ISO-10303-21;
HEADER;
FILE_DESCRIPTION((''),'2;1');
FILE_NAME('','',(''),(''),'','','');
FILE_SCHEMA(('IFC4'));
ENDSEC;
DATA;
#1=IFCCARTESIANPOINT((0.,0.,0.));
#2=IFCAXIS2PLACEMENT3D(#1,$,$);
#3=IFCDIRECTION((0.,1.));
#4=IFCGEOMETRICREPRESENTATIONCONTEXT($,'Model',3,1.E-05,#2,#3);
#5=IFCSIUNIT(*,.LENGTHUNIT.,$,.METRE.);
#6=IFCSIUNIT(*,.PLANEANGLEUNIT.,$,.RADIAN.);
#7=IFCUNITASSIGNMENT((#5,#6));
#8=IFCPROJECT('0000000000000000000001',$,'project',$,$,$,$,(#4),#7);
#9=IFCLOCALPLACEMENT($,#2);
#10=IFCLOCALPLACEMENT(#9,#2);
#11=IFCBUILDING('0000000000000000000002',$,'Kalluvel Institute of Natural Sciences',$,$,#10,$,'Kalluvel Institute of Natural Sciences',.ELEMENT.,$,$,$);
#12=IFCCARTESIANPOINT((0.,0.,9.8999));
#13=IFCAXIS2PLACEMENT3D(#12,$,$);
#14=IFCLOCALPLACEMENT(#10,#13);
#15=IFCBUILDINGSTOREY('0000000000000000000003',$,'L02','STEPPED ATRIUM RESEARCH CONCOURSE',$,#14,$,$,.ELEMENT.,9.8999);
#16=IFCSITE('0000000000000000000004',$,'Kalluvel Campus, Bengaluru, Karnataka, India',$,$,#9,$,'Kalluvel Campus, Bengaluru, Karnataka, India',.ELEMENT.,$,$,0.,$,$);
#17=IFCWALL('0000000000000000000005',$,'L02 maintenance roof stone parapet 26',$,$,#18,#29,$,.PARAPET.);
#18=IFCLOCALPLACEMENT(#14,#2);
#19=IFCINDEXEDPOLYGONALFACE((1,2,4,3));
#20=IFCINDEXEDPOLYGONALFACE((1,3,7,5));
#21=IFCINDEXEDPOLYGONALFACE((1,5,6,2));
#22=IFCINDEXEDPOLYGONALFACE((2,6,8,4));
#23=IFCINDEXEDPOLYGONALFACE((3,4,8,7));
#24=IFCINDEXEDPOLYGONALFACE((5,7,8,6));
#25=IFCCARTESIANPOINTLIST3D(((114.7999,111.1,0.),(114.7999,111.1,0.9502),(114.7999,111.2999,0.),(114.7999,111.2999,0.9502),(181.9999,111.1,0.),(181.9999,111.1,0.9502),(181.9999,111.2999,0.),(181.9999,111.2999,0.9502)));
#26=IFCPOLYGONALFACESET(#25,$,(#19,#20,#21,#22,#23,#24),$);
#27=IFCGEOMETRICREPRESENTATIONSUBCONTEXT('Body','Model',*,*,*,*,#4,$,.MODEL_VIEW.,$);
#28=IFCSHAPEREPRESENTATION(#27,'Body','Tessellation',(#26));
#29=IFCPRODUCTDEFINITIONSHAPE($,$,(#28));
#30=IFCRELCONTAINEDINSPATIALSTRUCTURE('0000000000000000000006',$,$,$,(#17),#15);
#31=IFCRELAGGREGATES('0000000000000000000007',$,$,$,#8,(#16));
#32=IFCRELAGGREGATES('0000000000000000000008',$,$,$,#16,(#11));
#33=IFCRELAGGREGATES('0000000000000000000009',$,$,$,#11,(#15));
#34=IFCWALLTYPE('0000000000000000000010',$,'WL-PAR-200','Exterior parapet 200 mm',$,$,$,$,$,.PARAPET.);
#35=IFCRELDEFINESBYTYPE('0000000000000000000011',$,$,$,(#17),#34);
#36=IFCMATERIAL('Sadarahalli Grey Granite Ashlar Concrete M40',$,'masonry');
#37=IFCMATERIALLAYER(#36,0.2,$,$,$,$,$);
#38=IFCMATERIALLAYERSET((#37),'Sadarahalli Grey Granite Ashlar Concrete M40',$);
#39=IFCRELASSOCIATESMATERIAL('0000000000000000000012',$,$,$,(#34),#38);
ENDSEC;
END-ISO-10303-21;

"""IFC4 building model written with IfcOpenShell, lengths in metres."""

from ifc_helpers import new_model, si_unit, direction, frame, frame_2d, origin, place, context, subcontext, project, spatial, rectangle, extrude, material, layer, layer_set, type_object, element, save


model = new_model("IFC4")

# Units and contexts
model_context = context("Model", 3, precision=1e-05, world=origin(), true_north=direction((0.0, 1.0)))
body_context = subcontext(model_context, "Body", "Model", "MODEL_VIEW")
ifc_project = project(units=[si_unit("LENGTHUNIT", "METRE"), si_unit("PLANEANGLEUNIT", "RADIAN")], contexts=[model_context])

# Site, building, storey
site_placement = place(None, origin())
site = spatial("IfcSite", under=ifc_project, at=site_placement, Name="Kalluvel Campus, Bengaluru, Karnataka, India", LongName="Kalluvel Campus, Bengaluru, Karnataka, India", CompositionType="ELEMENT", RefElevation=0.0)
building_placement = place(site_placement, origin())
building = spatial("IfcBuilding", under=site, at=building_placement, Name="Kalluvel Institute of Natural Sciences", LongName="Kalluvel Institute of Natural Sciences", CompositionType="ELEMENT")
storey_placement = place(building_placement, frame((0.0, 0.0, 9.8999)))
storey = spatial("IfcBuildingStorey", under=building, at=storey_placement, Name="L02", Description="STEPPED ATRIUM RESEARCH CONCOURSE", CompositionType="ELEMENT", Elevation=9.8999)

# Wall
ifc_material_1 = material(Name="Sadarahalli Grey Granite Ashlar Concrete M40", Category="masonry")
ifc_layer_1 = layer(ifc_material_1, 0.2)
ifc_layer_set_1 = layer_set([ifc_layer_1], Name="Sadarahalli Grey Granite Ashlar Concrete M40")
wall_type_1 = type_object("IfcWallType", Name="WL-PAR-200", Description="Exterior parapet 200 mm", PredefinedType="PARAPET", material=ifc_layer_set_1)
wall_1_placement = place(storey_placement, frame((182.0, 111.2, 0.0), z_axis=(0.0, 0.0, 1.0), x_axis=(-1.0, 0.0, 0.0)))
element("IfcWall", 1, at=wall_1_placement, inside=storey, type_object=wall_type_1, Name="L02 maintenance roof stone parapet 26", PredefinedType="PARAPET", context=body_context, shape_type="SweptSolid", body=[
    extrude(rectangle(XDim=67.2, YDim=0.2, at=frame_2d((33.6001, 0.0))), origin(), (0.0, 0.0, 1.0), 0.9502),
])

save(model, "model.ifc")
